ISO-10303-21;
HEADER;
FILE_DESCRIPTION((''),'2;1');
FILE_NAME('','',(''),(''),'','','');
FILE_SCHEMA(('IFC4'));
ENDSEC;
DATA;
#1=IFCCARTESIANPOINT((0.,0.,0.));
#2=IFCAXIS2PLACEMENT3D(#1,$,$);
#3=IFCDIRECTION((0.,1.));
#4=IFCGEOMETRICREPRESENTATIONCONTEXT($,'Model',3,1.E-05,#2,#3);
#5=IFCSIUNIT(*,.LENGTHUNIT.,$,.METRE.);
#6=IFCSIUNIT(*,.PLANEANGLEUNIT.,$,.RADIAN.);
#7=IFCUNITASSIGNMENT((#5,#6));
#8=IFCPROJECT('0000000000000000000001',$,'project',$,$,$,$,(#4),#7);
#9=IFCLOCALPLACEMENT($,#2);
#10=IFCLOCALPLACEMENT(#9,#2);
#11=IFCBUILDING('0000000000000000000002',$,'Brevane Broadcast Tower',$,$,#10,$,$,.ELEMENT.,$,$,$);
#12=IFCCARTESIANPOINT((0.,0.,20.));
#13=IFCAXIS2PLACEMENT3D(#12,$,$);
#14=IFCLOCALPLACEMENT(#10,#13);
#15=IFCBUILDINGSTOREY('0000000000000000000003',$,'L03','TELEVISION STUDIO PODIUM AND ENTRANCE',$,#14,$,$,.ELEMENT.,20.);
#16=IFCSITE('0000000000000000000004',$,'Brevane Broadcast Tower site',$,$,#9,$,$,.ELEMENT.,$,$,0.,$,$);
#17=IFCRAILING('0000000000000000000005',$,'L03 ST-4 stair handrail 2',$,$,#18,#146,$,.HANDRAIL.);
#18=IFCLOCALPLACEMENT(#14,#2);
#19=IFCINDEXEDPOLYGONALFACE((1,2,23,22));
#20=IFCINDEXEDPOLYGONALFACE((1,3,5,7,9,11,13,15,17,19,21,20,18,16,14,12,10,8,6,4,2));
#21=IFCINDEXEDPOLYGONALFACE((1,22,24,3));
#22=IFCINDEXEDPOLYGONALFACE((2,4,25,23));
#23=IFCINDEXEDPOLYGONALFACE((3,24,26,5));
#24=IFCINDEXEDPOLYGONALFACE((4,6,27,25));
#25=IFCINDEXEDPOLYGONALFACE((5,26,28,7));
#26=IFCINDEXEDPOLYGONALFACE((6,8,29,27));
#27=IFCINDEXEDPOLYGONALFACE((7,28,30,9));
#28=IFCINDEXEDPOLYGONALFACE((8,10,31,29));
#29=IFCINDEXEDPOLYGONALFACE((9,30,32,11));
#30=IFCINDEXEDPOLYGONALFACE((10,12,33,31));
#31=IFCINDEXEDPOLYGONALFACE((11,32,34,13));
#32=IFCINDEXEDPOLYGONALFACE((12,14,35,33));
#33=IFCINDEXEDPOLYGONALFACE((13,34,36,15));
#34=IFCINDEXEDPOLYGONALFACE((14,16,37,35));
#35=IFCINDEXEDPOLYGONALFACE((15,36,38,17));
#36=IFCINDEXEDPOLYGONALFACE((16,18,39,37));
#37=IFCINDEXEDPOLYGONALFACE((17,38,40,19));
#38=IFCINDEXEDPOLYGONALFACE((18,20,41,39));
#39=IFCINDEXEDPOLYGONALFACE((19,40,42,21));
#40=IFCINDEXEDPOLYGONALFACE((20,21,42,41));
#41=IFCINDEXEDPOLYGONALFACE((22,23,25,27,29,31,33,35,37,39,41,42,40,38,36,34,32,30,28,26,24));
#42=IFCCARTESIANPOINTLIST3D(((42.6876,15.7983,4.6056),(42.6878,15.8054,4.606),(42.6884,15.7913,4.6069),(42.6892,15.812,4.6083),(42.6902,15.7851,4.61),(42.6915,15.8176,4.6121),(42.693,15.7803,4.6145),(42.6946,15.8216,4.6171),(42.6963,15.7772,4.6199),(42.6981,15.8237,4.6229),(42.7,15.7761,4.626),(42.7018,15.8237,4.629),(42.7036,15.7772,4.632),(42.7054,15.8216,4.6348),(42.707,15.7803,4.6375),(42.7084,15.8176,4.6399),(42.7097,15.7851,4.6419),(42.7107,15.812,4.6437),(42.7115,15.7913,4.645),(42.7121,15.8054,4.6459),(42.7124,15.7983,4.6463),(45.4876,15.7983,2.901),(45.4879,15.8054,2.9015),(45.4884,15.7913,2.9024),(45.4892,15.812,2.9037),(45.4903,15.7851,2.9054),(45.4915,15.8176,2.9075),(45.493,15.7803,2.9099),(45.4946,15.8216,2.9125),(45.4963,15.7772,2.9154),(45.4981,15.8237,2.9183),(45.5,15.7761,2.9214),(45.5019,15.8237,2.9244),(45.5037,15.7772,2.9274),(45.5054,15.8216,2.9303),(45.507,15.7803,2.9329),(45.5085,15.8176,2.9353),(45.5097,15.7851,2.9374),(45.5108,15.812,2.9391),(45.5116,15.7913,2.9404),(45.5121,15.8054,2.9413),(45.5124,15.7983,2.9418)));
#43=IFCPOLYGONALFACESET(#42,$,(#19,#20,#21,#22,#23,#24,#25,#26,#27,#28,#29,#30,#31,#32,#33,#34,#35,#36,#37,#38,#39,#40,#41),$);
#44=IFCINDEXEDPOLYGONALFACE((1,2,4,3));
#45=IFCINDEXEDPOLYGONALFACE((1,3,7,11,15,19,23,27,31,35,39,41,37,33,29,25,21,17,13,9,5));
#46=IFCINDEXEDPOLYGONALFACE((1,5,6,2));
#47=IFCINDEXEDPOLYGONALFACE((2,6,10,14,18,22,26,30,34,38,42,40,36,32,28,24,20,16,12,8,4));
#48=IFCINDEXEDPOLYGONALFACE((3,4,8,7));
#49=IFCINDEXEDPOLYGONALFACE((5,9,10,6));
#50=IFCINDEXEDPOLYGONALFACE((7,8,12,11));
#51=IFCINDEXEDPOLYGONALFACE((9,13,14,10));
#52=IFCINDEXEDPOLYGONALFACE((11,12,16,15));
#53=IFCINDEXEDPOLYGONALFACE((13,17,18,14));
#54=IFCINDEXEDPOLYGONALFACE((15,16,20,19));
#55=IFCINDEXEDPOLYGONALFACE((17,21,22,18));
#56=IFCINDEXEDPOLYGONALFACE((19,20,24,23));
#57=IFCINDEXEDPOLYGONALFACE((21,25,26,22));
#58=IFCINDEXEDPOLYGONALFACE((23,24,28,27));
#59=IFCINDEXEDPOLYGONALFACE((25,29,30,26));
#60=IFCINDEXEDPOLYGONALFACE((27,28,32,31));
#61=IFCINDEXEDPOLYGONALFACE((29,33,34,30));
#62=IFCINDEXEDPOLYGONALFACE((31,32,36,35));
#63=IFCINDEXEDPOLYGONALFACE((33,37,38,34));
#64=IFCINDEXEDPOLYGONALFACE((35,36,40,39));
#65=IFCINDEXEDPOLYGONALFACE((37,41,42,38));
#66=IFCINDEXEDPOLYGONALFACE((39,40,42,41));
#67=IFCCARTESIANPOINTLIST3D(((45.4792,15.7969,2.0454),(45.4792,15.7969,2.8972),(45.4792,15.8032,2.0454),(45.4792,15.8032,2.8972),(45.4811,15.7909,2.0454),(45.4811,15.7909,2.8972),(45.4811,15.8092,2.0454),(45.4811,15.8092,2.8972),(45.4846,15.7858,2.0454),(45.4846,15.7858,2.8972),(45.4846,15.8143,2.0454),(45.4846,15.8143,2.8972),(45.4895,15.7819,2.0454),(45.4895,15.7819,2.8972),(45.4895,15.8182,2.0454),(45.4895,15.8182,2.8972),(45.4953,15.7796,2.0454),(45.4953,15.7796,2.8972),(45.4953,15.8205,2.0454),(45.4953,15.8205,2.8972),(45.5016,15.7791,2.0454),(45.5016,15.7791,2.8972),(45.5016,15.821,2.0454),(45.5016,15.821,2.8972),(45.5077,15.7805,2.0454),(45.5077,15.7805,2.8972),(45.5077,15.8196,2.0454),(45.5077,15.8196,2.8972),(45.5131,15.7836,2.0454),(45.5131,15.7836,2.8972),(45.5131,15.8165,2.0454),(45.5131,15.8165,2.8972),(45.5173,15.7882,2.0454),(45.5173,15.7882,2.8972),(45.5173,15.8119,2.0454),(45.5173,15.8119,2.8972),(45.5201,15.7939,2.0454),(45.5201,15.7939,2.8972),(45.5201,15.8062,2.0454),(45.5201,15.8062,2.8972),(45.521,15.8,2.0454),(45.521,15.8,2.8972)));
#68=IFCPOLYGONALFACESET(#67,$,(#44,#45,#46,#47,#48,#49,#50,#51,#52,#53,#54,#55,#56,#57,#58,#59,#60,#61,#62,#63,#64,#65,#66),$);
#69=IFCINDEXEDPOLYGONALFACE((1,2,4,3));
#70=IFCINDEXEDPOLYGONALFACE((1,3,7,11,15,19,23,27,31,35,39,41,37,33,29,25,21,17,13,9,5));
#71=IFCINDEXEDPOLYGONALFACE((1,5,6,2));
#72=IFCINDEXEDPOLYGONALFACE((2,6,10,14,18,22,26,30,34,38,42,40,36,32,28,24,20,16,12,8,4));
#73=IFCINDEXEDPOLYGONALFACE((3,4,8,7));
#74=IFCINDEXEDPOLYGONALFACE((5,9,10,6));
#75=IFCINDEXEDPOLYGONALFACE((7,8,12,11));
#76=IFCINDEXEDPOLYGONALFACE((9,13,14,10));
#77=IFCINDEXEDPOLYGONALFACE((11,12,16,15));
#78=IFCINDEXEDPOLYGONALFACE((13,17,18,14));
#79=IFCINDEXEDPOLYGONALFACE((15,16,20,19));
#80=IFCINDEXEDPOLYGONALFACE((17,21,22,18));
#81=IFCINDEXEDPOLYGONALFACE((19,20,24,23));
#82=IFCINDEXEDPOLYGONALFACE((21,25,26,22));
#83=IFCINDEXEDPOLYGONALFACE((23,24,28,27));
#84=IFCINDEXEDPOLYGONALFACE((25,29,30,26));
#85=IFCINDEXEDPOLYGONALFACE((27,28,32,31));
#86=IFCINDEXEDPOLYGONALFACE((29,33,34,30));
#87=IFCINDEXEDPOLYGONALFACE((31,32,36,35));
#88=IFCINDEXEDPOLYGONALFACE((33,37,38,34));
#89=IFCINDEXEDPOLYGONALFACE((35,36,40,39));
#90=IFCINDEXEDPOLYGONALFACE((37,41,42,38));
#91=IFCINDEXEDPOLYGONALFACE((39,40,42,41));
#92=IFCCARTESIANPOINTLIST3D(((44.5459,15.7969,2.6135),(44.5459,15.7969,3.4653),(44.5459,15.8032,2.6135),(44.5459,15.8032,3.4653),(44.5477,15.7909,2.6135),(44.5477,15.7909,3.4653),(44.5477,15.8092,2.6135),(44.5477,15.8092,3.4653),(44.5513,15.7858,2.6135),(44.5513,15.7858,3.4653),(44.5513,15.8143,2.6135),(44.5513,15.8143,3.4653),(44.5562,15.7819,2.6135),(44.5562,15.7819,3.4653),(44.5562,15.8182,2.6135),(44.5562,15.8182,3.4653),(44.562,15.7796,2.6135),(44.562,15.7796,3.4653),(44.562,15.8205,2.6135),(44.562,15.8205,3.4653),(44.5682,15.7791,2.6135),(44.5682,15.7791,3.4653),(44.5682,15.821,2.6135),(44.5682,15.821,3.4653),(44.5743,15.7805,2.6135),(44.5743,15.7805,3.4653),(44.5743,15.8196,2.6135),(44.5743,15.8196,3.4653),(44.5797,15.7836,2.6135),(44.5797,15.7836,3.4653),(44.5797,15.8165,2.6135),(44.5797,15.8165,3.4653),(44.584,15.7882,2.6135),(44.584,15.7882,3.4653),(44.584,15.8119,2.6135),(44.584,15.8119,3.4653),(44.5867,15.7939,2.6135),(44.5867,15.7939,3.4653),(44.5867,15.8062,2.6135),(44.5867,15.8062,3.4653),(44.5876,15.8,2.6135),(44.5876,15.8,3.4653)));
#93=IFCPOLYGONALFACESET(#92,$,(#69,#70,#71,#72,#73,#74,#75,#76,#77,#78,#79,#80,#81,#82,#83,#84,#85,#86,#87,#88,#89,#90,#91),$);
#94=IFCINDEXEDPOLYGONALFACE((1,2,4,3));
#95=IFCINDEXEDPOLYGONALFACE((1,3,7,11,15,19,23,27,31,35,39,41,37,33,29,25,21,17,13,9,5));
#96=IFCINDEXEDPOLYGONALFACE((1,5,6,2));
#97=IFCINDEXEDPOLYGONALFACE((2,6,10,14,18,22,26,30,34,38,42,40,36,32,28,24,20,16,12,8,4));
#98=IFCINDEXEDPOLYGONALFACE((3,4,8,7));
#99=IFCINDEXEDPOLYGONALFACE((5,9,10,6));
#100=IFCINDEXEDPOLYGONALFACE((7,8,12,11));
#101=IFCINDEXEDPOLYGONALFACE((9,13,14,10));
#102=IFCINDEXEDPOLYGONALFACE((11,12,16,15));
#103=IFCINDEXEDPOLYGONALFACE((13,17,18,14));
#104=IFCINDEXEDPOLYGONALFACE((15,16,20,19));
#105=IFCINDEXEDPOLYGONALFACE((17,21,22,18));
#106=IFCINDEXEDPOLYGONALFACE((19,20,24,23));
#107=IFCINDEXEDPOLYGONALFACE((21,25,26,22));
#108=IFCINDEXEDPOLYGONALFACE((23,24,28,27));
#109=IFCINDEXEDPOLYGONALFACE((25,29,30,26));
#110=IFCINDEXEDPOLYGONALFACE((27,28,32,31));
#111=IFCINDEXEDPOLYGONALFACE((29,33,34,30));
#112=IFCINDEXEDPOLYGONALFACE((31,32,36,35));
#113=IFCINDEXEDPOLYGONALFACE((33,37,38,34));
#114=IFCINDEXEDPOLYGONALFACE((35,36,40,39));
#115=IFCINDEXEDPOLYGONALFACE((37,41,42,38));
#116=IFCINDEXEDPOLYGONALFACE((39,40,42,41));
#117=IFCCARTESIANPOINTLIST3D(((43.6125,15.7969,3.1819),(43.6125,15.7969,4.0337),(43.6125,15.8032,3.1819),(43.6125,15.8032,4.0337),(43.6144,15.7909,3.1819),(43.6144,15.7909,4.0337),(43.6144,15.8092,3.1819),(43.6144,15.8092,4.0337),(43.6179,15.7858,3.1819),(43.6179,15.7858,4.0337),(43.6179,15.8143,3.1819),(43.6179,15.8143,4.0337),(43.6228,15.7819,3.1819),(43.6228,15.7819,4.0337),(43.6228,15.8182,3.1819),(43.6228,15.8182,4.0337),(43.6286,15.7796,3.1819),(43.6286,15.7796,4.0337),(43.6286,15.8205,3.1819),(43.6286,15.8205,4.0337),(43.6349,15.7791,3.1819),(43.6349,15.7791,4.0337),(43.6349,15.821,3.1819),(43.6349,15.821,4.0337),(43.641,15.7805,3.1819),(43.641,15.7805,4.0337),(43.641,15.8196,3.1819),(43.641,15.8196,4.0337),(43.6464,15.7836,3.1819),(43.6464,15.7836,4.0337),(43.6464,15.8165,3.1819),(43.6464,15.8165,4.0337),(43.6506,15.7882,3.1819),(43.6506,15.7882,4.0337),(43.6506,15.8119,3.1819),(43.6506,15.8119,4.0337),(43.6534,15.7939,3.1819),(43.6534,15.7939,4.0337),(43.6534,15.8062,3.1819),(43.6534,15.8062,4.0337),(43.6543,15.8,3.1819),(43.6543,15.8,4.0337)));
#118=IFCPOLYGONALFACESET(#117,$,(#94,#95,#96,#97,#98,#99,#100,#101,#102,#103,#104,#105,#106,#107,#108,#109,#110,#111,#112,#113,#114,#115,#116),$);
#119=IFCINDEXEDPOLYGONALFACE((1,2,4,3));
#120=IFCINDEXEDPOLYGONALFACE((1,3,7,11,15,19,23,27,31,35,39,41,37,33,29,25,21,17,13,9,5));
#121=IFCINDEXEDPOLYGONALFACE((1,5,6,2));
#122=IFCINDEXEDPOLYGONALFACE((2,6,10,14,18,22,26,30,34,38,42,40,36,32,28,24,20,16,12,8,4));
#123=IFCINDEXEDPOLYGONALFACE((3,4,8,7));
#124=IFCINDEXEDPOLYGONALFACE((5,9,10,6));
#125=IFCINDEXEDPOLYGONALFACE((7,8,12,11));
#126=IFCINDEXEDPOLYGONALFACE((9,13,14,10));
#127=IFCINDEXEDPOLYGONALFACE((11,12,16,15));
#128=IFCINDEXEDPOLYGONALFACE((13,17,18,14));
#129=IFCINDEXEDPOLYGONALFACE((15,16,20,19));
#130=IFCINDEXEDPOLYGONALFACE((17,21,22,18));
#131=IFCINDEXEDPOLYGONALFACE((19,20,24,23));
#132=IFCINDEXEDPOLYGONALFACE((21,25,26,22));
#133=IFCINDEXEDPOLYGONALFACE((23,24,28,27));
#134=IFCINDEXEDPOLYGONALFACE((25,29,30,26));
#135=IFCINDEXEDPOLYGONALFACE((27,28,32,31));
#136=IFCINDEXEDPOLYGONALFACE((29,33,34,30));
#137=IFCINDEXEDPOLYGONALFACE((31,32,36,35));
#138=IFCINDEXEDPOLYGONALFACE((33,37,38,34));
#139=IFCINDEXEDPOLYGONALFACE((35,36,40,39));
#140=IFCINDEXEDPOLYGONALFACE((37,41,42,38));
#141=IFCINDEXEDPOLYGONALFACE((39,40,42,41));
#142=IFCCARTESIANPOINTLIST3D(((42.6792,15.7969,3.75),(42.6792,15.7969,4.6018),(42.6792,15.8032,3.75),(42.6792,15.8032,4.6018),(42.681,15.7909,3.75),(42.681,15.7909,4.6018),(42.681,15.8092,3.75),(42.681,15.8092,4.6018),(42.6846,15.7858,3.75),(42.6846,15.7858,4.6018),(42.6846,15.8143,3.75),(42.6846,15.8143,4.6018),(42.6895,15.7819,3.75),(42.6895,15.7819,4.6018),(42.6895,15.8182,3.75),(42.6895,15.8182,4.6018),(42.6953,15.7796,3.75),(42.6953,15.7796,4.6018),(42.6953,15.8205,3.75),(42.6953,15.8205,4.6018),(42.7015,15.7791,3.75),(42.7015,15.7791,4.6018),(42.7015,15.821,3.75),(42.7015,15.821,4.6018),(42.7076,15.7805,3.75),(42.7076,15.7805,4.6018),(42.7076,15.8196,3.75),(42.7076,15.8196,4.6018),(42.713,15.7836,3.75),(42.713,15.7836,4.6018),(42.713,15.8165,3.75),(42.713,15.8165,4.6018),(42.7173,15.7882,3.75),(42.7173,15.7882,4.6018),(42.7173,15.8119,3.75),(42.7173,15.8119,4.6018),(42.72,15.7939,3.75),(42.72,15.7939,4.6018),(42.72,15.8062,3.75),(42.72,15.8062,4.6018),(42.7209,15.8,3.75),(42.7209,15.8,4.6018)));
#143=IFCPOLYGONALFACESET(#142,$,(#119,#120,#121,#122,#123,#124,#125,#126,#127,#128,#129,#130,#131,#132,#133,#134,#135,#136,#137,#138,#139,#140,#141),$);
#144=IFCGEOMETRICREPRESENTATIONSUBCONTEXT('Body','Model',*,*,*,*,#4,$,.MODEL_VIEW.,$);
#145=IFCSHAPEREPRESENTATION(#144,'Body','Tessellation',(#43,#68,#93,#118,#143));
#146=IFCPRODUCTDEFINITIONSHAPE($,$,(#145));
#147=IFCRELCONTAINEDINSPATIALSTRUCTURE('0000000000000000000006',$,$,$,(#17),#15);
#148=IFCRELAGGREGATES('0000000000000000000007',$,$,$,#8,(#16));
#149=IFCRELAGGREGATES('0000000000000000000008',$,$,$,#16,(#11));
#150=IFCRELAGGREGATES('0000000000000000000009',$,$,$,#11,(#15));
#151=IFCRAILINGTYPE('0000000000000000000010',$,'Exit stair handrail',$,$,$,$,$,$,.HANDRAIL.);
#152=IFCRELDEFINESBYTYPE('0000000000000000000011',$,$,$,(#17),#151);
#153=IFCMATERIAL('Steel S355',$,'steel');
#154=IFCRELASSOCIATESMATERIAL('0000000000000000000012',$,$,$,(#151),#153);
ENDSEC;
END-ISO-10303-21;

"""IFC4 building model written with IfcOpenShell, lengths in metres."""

from ifc_helpers import new_model, si_unit, direction, frame, origin, origin_2d, place, context, subcontext, project, spatial, circle, extrude, material, type_object, element, save


model = new_model("IFC4")

# Units and contexts
model_context = context("Model", 3, precision=1e-05, world=origin(), true_north=direction((0.0, 1.0)))
body_context = subcontext(model_context, "Body", "Model", "MODEL_VIEW")
ifc_project = project(units=[si_unit("LENGTHUNIT", "METRE"), si_unit("PLANEANGLEUNIT", "RADIAN")], contexts=[model_context])

# Site, building, storey
site_placement = place(None, origin())
site = spatial("IfcSite", under=ifc_project, at=site_placement, Name="Brevane Broadcast Tower site", CompositionType="ELEMENT", RefElevation=0.0)
building_placement = place(site_placement, origin())
building = spatial("IfcBuilding", under=site, at=building_placement, Name="Brevane Broadcast Tower", CompositionType="ELEMENT")
storey_placement = place(building_placement, frame((0.0, 0.0, 20.0)))
storey = spatial("IfcBuildingStorey", under=building, at=storey_placement, Name="L03", Description="TELEVISION STUDIO PODIUM AND ENTRANCE", CompositionType="ELEMENT", Elevation=20.0)

# Shared definitions
ifc_material_1 = material(Name="Steel S355", Category="steel")

# Railing
railing_type_1 = type_object("IfcRailingType", Name="Exit stair handrail", PredefinedType="HANDRAIL", material=ifc_material_1)
for number, where, name in (
    (1, (45.5, 15.8, 2.0454), "L03 ST-4 stair handrail 2"),
):
    element("IfcRailing", number, at=place(storey_placement, frame(where)), inside=storey, type_object=railing_type_1, Name=name, PredefinedType="HANDRAIL", context=body_context, shape_type="SweptSolid", body=[
        extrude(circle(Radius=0.0239, at=origin_2d()), frame((0.0, 0.0, 0.876), z_axis=(-0.85417, 0.0, 0.519994), x_axis=(0.0, -1.0, 0.0)), (0.0, 0.0, 1.0), 3.2781),
        extrude(circle(Radius=0.021, at=origin_2d()), origin(), (0.0, 0.0, 1.0), 0.8518),
        extrude(circle(Radius=0.021, at=origin_2d()), frame((-0.9333, 0.0, 0.5681)), (0.0, 0.0, 1.0), 0.8518),
        extrude(circle(Radius=0.021, at=origin_2d()), frame((-1.8667, 0.0, 1.1365)), (0.0, 0.0, 1.0), 0.8518),
        extrude(circle(Radius=0.021, at=origin_2d()), frame((-2.8, 0.0, 1.7046)), (0.0, 0.0, 1.0), 0.8518),
    ])

save(model, "model.ifc")
